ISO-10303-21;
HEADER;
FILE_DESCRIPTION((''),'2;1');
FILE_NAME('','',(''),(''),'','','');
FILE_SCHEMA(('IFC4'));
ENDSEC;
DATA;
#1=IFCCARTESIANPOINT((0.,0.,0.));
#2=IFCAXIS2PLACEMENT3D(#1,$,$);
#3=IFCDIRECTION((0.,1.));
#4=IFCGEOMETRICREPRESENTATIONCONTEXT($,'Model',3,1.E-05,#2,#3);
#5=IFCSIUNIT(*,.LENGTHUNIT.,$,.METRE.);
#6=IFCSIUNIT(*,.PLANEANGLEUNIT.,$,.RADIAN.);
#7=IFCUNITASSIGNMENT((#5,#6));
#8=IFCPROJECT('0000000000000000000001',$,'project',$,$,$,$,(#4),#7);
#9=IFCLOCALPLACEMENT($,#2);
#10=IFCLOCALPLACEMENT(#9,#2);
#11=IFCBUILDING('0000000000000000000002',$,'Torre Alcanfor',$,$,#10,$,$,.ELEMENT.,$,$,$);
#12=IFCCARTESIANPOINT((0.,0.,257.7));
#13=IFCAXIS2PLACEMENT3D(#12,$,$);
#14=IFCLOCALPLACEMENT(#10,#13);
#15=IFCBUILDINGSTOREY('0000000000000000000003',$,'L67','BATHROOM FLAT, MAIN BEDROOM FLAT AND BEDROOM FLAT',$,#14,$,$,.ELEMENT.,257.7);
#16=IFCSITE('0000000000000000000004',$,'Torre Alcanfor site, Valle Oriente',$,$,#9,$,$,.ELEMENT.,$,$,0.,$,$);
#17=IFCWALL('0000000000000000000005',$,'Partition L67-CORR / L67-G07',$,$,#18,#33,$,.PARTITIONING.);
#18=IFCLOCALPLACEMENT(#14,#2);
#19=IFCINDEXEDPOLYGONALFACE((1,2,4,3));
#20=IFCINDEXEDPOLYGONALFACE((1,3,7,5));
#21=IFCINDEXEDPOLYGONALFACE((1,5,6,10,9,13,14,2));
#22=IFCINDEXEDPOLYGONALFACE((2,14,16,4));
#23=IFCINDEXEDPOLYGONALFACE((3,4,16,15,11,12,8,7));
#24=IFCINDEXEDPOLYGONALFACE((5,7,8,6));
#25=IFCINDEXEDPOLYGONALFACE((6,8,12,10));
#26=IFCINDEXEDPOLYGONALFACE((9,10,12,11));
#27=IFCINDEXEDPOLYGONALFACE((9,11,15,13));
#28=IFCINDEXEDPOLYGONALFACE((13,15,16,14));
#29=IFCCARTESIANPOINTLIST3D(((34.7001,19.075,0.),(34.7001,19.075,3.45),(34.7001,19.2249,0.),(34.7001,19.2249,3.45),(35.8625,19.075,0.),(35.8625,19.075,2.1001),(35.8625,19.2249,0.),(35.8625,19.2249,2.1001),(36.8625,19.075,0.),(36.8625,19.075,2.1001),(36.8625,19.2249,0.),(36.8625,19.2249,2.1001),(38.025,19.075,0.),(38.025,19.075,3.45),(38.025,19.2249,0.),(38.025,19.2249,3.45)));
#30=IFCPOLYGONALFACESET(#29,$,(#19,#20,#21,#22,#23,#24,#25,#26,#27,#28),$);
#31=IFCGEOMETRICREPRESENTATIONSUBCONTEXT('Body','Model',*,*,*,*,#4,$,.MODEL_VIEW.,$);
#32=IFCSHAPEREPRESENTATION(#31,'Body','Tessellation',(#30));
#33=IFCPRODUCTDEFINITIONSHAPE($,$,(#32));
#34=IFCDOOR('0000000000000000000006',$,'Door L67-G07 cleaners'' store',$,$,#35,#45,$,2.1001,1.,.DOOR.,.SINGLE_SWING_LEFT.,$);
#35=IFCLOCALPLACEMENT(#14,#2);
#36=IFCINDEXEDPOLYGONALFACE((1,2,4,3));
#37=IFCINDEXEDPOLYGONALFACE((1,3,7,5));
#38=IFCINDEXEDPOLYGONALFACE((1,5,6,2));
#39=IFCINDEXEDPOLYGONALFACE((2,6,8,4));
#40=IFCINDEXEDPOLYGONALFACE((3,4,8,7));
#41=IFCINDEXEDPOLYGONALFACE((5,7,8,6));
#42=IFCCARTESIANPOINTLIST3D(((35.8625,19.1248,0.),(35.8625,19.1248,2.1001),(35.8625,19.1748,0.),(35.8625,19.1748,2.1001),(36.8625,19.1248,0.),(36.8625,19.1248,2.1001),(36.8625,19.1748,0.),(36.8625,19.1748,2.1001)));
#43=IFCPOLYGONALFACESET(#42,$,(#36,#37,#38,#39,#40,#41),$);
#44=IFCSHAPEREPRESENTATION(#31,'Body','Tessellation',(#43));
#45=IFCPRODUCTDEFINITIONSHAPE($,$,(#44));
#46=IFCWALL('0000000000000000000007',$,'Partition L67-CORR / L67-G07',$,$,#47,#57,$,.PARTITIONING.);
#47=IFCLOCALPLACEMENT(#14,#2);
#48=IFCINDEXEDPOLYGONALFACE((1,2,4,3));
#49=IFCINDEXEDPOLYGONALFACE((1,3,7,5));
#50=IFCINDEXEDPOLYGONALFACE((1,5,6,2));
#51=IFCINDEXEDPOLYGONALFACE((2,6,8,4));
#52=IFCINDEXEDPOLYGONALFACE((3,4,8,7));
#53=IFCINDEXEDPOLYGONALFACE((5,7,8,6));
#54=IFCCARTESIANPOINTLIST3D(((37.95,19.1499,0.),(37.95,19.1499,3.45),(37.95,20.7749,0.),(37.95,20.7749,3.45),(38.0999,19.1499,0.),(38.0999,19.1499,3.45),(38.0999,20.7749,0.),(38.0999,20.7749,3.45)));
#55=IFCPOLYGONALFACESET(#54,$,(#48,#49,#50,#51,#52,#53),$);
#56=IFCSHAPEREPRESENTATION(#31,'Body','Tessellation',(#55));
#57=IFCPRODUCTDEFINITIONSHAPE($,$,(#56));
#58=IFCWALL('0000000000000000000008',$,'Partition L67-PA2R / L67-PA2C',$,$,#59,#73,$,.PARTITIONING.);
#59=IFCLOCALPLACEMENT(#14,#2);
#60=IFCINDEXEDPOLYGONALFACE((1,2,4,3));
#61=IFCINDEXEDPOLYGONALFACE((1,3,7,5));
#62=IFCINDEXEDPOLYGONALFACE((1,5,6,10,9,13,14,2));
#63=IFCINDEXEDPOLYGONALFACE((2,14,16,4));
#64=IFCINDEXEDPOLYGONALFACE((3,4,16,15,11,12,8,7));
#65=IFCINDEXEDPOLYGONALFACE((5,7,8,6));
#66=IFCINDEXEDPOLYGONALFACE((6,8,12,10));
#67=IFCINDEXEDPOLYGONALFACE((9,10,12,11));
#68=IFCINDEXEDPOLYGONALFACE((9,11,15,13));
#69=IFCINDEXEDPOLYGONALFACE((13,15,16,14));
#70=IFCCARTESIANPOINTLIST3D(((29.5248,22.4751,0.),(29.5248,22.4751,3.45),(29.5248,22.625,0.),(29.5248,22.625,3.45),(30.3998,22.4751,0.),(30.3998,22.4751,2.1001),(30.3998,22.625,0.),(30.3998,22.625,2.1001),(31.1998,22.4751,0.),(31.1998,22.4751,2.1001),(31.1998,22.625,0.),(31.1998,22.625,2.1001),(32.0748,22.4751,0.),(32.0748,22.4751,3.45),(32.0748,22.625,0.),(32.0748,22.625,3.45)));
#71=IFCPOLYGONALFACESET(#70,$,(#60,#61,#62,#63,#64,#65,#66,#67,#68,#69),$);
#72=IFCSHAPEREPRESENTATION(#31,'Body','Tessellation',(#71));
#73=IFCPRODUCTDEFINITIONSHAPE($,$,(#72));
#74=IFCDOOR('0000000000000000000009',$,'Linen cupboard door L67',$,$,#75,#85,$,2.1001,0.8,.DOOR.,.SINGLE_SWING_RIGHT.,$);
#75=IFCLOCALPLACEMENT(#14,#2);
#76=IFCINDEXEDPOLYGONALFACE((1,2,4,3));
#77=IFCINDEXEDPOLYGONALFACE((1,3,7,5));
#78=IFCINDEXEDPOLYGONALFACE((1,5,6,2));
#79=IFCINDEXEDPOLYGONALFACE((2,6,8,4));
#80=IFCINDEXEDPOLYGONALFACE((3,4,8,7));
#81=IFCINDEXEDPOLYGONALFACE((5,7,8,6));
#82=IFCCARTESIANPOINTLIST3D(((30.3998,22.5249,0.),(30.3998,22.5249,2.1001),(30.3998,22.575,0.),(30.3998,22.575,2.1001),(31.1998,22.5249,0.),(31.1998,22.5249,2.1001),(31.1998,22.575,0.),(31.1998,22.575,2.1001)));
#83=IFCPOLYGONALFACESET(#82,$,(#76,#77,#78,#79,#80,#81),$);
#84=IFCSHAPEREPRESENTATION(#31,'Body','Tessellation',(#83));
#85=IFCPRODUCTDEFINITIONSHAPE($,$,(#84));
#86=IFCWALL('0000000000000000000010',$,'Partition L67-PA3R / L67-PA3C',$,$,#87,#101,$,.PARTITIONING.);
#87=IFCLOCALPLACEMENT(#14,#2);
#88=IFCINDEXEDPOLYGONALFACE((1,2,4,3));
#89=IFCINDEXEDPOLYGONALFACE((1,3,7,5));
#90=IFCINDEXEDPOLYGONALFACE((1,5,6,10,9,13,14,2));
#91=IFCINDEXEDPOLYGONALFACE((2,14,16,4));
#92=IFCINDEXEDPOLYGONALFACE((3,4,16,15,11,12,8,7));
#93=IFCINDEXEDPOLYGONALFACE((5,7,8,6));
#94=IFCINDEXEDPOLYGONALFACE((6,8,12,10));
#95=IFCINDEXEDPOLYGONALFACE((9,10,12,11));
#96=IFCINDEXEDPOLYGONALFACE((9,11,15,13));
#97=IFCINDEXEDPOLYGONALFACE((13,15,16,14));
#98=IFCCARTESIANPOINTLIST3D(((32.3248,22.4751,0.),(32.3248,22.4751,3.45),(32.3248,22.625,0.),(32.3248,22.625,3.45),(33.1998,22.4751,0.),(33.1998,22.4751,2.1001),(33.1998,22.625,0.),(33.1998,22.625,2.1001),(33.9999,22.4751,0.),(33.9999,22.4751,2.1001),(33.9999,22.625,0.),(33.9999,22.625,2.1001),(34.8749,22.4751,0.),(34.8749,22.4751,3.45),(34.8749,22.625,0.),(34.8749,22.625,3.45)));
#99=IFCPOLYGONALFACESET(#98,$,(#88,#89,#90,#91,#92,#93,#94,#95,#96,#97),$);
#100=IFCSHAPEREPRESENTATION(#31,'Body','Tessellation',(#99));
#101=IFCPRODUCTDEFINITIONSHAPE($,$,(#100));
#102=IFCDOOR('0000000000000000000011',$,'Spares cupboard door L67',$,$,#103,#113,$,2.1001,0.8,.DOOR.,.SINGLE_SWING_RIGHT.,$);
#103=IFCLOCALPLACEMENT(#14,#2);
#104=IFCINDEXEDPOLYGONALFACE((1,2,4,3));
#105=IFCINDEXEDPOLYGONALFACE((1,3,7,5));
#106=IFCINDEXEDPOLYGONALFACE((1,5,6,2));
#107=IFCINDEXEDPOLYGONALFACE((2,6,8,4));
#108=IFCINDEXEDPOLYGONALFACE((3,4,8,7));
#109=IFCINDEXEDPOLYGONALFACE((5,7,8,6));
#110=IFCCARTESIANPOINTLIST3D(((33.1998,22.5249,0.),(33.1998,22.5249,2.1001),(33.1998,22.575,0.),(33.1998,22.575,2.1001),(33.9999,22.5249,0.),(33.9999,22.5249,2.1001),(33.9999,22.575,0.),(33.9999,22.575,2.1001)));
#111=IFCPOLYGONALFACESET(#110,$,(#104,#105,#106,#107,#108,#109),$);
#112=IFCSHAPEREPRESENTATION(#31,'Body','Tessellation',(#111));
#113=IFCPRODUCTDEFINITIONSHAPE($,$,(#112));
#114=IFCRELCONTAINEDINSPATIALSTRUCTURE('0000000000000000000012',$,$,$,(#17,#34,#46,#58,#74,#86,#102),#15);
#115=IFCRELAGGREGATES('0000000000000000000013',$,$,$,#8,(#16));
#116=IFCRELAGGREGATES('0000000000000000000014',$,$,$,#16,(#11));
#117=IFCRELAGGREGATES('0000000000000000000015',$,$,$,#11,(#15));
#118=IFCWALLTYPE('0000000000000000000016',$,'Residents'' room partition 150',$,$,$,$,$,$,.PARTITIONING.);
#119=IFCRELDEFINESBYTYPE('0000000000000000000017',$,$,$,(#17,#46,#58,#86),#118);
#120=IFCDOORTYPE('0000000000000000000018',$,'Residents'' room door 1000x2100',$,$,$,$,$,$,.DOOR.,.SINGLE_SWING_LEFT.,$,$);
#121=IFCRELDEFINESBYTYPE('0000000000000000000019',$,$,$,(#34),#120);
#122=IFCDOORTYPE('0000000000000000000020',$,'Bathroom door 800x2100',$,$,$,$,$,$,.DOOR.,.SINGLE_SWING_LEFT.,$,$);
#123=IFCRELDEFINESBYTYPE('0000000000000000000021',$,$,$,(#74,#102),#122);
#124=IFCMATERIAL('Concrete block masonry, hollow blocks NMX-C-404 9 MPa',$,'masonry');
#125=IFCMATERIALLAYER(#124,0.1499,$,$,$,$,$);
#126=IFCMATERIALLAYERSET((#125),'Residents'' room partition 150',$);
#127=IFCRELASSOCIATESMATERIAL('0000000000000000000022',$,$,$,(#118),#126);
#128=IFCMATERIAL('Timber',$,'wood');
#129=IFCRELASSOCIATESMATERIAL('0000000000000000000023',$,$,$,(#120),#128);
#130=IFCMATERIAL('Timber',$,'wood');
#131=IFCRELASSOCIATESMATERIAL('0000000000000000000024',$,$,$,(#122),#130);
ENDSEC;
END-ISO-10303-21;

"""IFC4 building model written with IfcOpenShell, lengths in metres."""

from ifc_helpers import new_model, si_unit, direction, frame, frame_2d, origin, place, context, subcontext, project, spatial, rectangle, extrude, material, layer, layer_set, type_object, element, fill, save


model = new_model("IFC4")

# Units and contexts
model_context = context("Model", 3, precision=1e-05, world=origin(), true_north=direction((0.0, 1.0)))
body_context = subcontext(model_context, "Body", "Model", "MODEL_VIEW")
ifc_project = project(units=[si_unit("LENGTHUNIT", "METRE"), si_unit("PLANEANGLEUNIT", "RADIAN")], contexts=[model_context])

# Site, building, storey
site_placement = place(None, origin())
site = spatial("IfcSite", under=ifc_project, at=site_placement, Name="Torre Alcanfor site, Valle Oriente", CompositionType="ELEMENT", RefElevation=0.0)
building_placement = place(site_placement, origin())
building = spatial("IfcBuilding", under=site, at=building_placement, Name="Torre Alcanfor", CompositionType="ELEMENT")
storey_placement = place(building_placement, frame((0.0, 0.0, 257.7)))
storey = spatial("IfcBuildingStorey", under=building, at=storey_placement, Name="L67", Description="BATHROOM FLAT, MAIN BEDROOM FLAT AND BEDROOM FLAT", CompositionType="ELEMENT", Elevation=257.7)

# Shared definitions
ifc_material_1 = material(Name="Concrete block masonry, hollow blocks NMX-C-404 9 MPa", Category="masonry")
ifc_layer_1 = layer(ifc_material_1, 0.1499)
ifc_layer_set_1 = layer_set([ifc_layer_1], Name="Residents' room partition 150")
wall_type_1 = type_object("IfcWallType", Name="Residents' room partition 150", PredefinedType="PARTITIONING", material=ifc_layer_set_1)

# Wall, opening, door
wall_1_placement = place(storey_placement, frame((34.7, 19.1499, 0.0), z_axis=(0.0, 0.0, 1.0), x_axis=(1.0, 0.0, 0.0)))
wall_1 = element("IfcWall", 1, at=wall_1_placement, inside=storey, type_object=wall_type_1, Name="Partition L67-CORR / L67-G07", PredefinedType="PARTITIONING", context=body_context, shape_type="SweptSolid", body=[
    extrude(rectangle(XDim=3.325, YDim=0.1499, at=frame_2d((1.6626, 0.0))), origin(), (0.0, 0.0, 1.0), 3.45),
])
opening_1_placement = place(wall_1_placement, frame((1.1626, 0.0, 0.0)))
opening_1 = element("IfcOpeningElement", 2, at=opening_1_placement, cuts=wall_1, PredefinedType="OPENING", context=body_context, shape_type="SweptSolid", body=[
    extrude(rectangle(XDim=1.0, YDim=2.1001, at=frame_2d((0.5, 1.05))), frame((0.0, 0.085, 0.0), z_axis=(0.0, -1.0, 0.0), x_axis=(1.0, 0.0, 0.0)), (0.0, 0.0, 1.0), 0.1699),
])
ifc_material_2 = material(Name="Timber", Category="wood")
door_type_1 = type_object("IfcDoorType", Name="Residents' room door 1000x2100", OperationType="SINGLE_SWING_LEFT", PredefinedType="DOOR", material=ifc_material_2)
door_1_placement = place(opening_1_placement, origin())
door_1 = element("IfcDoor", 3, at=door_1_placement, inside=storey, type_object=door_type_1, Name="Door L67-G07 cleaners' store", OperationType="SINGLE_SWING_LEFT", OverallHeight=2.1001, OverallWidth=1.0, PredefinedType="DOOR", context=body_context, shape_type="SweptSolid", body=[
    extrude(rectangle(XDim=1.0, YDim=2.1001, at=frame_2d((0.5, 1.05))), frame((0.0, 0.0249, 0.0), z_axis=(0.0, -1.0, 0.0), x_axis=(1.0, 0.0, 0.0)), (0.0, 0.0, 1.0), 0.05),
])
fill(opening_1, door_1)

# Wall
wall_2_placement = place(storey_placement, frame((38.0249, 19.1499, 0.0), z_axis=(0.0, 0.0, 1.0), x_axis=(0.0, 1.0, 0.0)))
element("IfcWall", 4, at=wall_2_placement, inside=storey, type_object=wall_type_1, Name="Partition L67-CORR / L67-G07", PredefinedType="PARTITIONING", context=body_context, shape_type="SweptSolid", body=[
    extrude(rectangle(XDim=1.625, YDim=0.1499, at=frame_2d((0.8125, 0.0))), origin(), (0.0, 0.0, 1.0), 3.45),
])

# Walls, openings, doors
wall_3_placement = place(storey_placement, frame((29.5249, 22.55, 0.0), z_axis=(0.0, 0.0, 1.0), x_axis=(1.0, 0.0, 0.0)))
wall_3 = element("IfcWall", 5, at=wall_3_placement, inside=storey, type_object=wall_type_1, Name="Partition L67-PA2R / L67-PA2C", PredefinedType="PARTITIONING", context=body_context, shape_type="SweptSolid", body=[
    extrude(rectangle(XDim=2.55, YDim=0.1499, at=frame_2d((1.2749, 0.0))), origin(), (0.0, 0.0, 1.0), 3.45),
])
opening_2_placement = place(wall_3_placement, frame((0.875, 0.0, 0.0)))
opening_2 = element("IfcOpeningElement", 6, at=opening_2_placement, cuts=wall_3, PredefinedType="OPENING", context=body_context, shape_type="SweptSolid", body=[
    extrude(rectangle(XDim=0.8, YDim=2.1001, at=frame_2d((0.3999, 1.05))), frame((0.0, 0.085, 0.0), z_axis=(0.0, -1.0, 0.0), x_axis=(1.0, 0.0, 0.0)), (0.0, 0.0, 1.0), 0.1699),
])
ifc_material_3 = material(Name="Timber", Category="wood")
door_type_2 = type_object("IfcDoorType", Name="Bathroom door 800x2100", OperationType="SINGLE_SWING_LEFT", PredefinedType="DOOR", material=ifc_material_3)
door_2_placement = place(opening_2_placement, frame((0.8, 0.0, 0.0), z_axis=(0.0, 0.0, 1.0), x_axis=(-1.0, 0.0, 0.0)))
door_2 = element("IfcDoor", 7, at=door_2_placement, inside=storey, type_object=door_type_2, Name="Linen cupboard door L67", OperationType="SINGLE_SWING_RIGHT", OverallHeight=2.1001, OverallWidth=0.8, PredefinedType="DOOR", context=body_context, shape_type="SweptSolid", body=[
    extrude(rectangle(XDim=0.8, YDim=2.1001, at=frame_2d((0.4001, 1.05))), frame((0.0, 0.0251, 0.0), z_axis=(0.0, -1.0, 0.0), x_axis=(1.0, 0.0, 0.0)), (0.0, 0.0, 1.0), 0.05),
])
fill(opening_2, door_2)
wall_4_placement = place(storey_placement, frame((32.325, 22.55, 0.0), z_axis=(0.0, 0.0, 1.0), x_axis=(1.0, 0.0, 0.0)))
wall_4 = element("IfcWall", 8, at=wall_4_placement, inside=storey, type_object=wall_type_1, Name="Partition L67-PA3R / L67-PA3C", PredefinedType="PARTITIONING", context=body_context, shape_type="SweptSolid", body=[
    extrude(rectangle(XDim=2.55, YDim=0.1499, at=frame_2d((1.2749, 0.0))), origin(), (0.0, 0.0, 1.0), 3.45),
])
opening_3_placement = place(wall_4_placement, frame((0.875, 0.0, 0.0)))
opening_3 = element("IfcOpeningElement", 9, at=opening_3_placement, cuts=wall_4, PredefinedType="OPENING", context=body_context, shape_type="SweptSolid", body=[
    extrude(rectangle(XDim=0.8, YDim=2.1001, at=frame_2d((0.3999, 1.05))), frame((0.0, 0.085, 0.0), z_axis=(0.0, -1.0, 0.0), x_axis=(1.0, 0.0, 0.0)), (0.0, 0.0, 1.0), 0.1699),
])
door_3_placement = place(opening_3_placement, frame((0.8, 0.0, 0.0), z_axis=(0.0, 0.0, 1.0), x_axis=(-1.0, 0.0, 0.0)))
door_3 = element("IfcDoor", 10, at=door_3_placement, inside=storey, type_object=door_type_2, Name="Spares cupboard door L67", OperationType="SINGLE_SWING_RIGHT", OverallHeight=2.1001, OverallWidth=0.8, PredefinedType="DOOR", context=body_context, shape_type="SweptSolid", body=[
    extrude(rectangle(XDim=0.8, YDim=2.1001, at=frame_2d((0.4001, 1.05))), frame((0.0, 0.0251, 0.0), z_axis=(0.0, -1.0, 0.0), x_axis=(1.0, 0.0, 0.0)), (0.0, 0.0, 1.0), 0.05),
])
fill(opening_3, door_3)

save(model, "model.ifc")
